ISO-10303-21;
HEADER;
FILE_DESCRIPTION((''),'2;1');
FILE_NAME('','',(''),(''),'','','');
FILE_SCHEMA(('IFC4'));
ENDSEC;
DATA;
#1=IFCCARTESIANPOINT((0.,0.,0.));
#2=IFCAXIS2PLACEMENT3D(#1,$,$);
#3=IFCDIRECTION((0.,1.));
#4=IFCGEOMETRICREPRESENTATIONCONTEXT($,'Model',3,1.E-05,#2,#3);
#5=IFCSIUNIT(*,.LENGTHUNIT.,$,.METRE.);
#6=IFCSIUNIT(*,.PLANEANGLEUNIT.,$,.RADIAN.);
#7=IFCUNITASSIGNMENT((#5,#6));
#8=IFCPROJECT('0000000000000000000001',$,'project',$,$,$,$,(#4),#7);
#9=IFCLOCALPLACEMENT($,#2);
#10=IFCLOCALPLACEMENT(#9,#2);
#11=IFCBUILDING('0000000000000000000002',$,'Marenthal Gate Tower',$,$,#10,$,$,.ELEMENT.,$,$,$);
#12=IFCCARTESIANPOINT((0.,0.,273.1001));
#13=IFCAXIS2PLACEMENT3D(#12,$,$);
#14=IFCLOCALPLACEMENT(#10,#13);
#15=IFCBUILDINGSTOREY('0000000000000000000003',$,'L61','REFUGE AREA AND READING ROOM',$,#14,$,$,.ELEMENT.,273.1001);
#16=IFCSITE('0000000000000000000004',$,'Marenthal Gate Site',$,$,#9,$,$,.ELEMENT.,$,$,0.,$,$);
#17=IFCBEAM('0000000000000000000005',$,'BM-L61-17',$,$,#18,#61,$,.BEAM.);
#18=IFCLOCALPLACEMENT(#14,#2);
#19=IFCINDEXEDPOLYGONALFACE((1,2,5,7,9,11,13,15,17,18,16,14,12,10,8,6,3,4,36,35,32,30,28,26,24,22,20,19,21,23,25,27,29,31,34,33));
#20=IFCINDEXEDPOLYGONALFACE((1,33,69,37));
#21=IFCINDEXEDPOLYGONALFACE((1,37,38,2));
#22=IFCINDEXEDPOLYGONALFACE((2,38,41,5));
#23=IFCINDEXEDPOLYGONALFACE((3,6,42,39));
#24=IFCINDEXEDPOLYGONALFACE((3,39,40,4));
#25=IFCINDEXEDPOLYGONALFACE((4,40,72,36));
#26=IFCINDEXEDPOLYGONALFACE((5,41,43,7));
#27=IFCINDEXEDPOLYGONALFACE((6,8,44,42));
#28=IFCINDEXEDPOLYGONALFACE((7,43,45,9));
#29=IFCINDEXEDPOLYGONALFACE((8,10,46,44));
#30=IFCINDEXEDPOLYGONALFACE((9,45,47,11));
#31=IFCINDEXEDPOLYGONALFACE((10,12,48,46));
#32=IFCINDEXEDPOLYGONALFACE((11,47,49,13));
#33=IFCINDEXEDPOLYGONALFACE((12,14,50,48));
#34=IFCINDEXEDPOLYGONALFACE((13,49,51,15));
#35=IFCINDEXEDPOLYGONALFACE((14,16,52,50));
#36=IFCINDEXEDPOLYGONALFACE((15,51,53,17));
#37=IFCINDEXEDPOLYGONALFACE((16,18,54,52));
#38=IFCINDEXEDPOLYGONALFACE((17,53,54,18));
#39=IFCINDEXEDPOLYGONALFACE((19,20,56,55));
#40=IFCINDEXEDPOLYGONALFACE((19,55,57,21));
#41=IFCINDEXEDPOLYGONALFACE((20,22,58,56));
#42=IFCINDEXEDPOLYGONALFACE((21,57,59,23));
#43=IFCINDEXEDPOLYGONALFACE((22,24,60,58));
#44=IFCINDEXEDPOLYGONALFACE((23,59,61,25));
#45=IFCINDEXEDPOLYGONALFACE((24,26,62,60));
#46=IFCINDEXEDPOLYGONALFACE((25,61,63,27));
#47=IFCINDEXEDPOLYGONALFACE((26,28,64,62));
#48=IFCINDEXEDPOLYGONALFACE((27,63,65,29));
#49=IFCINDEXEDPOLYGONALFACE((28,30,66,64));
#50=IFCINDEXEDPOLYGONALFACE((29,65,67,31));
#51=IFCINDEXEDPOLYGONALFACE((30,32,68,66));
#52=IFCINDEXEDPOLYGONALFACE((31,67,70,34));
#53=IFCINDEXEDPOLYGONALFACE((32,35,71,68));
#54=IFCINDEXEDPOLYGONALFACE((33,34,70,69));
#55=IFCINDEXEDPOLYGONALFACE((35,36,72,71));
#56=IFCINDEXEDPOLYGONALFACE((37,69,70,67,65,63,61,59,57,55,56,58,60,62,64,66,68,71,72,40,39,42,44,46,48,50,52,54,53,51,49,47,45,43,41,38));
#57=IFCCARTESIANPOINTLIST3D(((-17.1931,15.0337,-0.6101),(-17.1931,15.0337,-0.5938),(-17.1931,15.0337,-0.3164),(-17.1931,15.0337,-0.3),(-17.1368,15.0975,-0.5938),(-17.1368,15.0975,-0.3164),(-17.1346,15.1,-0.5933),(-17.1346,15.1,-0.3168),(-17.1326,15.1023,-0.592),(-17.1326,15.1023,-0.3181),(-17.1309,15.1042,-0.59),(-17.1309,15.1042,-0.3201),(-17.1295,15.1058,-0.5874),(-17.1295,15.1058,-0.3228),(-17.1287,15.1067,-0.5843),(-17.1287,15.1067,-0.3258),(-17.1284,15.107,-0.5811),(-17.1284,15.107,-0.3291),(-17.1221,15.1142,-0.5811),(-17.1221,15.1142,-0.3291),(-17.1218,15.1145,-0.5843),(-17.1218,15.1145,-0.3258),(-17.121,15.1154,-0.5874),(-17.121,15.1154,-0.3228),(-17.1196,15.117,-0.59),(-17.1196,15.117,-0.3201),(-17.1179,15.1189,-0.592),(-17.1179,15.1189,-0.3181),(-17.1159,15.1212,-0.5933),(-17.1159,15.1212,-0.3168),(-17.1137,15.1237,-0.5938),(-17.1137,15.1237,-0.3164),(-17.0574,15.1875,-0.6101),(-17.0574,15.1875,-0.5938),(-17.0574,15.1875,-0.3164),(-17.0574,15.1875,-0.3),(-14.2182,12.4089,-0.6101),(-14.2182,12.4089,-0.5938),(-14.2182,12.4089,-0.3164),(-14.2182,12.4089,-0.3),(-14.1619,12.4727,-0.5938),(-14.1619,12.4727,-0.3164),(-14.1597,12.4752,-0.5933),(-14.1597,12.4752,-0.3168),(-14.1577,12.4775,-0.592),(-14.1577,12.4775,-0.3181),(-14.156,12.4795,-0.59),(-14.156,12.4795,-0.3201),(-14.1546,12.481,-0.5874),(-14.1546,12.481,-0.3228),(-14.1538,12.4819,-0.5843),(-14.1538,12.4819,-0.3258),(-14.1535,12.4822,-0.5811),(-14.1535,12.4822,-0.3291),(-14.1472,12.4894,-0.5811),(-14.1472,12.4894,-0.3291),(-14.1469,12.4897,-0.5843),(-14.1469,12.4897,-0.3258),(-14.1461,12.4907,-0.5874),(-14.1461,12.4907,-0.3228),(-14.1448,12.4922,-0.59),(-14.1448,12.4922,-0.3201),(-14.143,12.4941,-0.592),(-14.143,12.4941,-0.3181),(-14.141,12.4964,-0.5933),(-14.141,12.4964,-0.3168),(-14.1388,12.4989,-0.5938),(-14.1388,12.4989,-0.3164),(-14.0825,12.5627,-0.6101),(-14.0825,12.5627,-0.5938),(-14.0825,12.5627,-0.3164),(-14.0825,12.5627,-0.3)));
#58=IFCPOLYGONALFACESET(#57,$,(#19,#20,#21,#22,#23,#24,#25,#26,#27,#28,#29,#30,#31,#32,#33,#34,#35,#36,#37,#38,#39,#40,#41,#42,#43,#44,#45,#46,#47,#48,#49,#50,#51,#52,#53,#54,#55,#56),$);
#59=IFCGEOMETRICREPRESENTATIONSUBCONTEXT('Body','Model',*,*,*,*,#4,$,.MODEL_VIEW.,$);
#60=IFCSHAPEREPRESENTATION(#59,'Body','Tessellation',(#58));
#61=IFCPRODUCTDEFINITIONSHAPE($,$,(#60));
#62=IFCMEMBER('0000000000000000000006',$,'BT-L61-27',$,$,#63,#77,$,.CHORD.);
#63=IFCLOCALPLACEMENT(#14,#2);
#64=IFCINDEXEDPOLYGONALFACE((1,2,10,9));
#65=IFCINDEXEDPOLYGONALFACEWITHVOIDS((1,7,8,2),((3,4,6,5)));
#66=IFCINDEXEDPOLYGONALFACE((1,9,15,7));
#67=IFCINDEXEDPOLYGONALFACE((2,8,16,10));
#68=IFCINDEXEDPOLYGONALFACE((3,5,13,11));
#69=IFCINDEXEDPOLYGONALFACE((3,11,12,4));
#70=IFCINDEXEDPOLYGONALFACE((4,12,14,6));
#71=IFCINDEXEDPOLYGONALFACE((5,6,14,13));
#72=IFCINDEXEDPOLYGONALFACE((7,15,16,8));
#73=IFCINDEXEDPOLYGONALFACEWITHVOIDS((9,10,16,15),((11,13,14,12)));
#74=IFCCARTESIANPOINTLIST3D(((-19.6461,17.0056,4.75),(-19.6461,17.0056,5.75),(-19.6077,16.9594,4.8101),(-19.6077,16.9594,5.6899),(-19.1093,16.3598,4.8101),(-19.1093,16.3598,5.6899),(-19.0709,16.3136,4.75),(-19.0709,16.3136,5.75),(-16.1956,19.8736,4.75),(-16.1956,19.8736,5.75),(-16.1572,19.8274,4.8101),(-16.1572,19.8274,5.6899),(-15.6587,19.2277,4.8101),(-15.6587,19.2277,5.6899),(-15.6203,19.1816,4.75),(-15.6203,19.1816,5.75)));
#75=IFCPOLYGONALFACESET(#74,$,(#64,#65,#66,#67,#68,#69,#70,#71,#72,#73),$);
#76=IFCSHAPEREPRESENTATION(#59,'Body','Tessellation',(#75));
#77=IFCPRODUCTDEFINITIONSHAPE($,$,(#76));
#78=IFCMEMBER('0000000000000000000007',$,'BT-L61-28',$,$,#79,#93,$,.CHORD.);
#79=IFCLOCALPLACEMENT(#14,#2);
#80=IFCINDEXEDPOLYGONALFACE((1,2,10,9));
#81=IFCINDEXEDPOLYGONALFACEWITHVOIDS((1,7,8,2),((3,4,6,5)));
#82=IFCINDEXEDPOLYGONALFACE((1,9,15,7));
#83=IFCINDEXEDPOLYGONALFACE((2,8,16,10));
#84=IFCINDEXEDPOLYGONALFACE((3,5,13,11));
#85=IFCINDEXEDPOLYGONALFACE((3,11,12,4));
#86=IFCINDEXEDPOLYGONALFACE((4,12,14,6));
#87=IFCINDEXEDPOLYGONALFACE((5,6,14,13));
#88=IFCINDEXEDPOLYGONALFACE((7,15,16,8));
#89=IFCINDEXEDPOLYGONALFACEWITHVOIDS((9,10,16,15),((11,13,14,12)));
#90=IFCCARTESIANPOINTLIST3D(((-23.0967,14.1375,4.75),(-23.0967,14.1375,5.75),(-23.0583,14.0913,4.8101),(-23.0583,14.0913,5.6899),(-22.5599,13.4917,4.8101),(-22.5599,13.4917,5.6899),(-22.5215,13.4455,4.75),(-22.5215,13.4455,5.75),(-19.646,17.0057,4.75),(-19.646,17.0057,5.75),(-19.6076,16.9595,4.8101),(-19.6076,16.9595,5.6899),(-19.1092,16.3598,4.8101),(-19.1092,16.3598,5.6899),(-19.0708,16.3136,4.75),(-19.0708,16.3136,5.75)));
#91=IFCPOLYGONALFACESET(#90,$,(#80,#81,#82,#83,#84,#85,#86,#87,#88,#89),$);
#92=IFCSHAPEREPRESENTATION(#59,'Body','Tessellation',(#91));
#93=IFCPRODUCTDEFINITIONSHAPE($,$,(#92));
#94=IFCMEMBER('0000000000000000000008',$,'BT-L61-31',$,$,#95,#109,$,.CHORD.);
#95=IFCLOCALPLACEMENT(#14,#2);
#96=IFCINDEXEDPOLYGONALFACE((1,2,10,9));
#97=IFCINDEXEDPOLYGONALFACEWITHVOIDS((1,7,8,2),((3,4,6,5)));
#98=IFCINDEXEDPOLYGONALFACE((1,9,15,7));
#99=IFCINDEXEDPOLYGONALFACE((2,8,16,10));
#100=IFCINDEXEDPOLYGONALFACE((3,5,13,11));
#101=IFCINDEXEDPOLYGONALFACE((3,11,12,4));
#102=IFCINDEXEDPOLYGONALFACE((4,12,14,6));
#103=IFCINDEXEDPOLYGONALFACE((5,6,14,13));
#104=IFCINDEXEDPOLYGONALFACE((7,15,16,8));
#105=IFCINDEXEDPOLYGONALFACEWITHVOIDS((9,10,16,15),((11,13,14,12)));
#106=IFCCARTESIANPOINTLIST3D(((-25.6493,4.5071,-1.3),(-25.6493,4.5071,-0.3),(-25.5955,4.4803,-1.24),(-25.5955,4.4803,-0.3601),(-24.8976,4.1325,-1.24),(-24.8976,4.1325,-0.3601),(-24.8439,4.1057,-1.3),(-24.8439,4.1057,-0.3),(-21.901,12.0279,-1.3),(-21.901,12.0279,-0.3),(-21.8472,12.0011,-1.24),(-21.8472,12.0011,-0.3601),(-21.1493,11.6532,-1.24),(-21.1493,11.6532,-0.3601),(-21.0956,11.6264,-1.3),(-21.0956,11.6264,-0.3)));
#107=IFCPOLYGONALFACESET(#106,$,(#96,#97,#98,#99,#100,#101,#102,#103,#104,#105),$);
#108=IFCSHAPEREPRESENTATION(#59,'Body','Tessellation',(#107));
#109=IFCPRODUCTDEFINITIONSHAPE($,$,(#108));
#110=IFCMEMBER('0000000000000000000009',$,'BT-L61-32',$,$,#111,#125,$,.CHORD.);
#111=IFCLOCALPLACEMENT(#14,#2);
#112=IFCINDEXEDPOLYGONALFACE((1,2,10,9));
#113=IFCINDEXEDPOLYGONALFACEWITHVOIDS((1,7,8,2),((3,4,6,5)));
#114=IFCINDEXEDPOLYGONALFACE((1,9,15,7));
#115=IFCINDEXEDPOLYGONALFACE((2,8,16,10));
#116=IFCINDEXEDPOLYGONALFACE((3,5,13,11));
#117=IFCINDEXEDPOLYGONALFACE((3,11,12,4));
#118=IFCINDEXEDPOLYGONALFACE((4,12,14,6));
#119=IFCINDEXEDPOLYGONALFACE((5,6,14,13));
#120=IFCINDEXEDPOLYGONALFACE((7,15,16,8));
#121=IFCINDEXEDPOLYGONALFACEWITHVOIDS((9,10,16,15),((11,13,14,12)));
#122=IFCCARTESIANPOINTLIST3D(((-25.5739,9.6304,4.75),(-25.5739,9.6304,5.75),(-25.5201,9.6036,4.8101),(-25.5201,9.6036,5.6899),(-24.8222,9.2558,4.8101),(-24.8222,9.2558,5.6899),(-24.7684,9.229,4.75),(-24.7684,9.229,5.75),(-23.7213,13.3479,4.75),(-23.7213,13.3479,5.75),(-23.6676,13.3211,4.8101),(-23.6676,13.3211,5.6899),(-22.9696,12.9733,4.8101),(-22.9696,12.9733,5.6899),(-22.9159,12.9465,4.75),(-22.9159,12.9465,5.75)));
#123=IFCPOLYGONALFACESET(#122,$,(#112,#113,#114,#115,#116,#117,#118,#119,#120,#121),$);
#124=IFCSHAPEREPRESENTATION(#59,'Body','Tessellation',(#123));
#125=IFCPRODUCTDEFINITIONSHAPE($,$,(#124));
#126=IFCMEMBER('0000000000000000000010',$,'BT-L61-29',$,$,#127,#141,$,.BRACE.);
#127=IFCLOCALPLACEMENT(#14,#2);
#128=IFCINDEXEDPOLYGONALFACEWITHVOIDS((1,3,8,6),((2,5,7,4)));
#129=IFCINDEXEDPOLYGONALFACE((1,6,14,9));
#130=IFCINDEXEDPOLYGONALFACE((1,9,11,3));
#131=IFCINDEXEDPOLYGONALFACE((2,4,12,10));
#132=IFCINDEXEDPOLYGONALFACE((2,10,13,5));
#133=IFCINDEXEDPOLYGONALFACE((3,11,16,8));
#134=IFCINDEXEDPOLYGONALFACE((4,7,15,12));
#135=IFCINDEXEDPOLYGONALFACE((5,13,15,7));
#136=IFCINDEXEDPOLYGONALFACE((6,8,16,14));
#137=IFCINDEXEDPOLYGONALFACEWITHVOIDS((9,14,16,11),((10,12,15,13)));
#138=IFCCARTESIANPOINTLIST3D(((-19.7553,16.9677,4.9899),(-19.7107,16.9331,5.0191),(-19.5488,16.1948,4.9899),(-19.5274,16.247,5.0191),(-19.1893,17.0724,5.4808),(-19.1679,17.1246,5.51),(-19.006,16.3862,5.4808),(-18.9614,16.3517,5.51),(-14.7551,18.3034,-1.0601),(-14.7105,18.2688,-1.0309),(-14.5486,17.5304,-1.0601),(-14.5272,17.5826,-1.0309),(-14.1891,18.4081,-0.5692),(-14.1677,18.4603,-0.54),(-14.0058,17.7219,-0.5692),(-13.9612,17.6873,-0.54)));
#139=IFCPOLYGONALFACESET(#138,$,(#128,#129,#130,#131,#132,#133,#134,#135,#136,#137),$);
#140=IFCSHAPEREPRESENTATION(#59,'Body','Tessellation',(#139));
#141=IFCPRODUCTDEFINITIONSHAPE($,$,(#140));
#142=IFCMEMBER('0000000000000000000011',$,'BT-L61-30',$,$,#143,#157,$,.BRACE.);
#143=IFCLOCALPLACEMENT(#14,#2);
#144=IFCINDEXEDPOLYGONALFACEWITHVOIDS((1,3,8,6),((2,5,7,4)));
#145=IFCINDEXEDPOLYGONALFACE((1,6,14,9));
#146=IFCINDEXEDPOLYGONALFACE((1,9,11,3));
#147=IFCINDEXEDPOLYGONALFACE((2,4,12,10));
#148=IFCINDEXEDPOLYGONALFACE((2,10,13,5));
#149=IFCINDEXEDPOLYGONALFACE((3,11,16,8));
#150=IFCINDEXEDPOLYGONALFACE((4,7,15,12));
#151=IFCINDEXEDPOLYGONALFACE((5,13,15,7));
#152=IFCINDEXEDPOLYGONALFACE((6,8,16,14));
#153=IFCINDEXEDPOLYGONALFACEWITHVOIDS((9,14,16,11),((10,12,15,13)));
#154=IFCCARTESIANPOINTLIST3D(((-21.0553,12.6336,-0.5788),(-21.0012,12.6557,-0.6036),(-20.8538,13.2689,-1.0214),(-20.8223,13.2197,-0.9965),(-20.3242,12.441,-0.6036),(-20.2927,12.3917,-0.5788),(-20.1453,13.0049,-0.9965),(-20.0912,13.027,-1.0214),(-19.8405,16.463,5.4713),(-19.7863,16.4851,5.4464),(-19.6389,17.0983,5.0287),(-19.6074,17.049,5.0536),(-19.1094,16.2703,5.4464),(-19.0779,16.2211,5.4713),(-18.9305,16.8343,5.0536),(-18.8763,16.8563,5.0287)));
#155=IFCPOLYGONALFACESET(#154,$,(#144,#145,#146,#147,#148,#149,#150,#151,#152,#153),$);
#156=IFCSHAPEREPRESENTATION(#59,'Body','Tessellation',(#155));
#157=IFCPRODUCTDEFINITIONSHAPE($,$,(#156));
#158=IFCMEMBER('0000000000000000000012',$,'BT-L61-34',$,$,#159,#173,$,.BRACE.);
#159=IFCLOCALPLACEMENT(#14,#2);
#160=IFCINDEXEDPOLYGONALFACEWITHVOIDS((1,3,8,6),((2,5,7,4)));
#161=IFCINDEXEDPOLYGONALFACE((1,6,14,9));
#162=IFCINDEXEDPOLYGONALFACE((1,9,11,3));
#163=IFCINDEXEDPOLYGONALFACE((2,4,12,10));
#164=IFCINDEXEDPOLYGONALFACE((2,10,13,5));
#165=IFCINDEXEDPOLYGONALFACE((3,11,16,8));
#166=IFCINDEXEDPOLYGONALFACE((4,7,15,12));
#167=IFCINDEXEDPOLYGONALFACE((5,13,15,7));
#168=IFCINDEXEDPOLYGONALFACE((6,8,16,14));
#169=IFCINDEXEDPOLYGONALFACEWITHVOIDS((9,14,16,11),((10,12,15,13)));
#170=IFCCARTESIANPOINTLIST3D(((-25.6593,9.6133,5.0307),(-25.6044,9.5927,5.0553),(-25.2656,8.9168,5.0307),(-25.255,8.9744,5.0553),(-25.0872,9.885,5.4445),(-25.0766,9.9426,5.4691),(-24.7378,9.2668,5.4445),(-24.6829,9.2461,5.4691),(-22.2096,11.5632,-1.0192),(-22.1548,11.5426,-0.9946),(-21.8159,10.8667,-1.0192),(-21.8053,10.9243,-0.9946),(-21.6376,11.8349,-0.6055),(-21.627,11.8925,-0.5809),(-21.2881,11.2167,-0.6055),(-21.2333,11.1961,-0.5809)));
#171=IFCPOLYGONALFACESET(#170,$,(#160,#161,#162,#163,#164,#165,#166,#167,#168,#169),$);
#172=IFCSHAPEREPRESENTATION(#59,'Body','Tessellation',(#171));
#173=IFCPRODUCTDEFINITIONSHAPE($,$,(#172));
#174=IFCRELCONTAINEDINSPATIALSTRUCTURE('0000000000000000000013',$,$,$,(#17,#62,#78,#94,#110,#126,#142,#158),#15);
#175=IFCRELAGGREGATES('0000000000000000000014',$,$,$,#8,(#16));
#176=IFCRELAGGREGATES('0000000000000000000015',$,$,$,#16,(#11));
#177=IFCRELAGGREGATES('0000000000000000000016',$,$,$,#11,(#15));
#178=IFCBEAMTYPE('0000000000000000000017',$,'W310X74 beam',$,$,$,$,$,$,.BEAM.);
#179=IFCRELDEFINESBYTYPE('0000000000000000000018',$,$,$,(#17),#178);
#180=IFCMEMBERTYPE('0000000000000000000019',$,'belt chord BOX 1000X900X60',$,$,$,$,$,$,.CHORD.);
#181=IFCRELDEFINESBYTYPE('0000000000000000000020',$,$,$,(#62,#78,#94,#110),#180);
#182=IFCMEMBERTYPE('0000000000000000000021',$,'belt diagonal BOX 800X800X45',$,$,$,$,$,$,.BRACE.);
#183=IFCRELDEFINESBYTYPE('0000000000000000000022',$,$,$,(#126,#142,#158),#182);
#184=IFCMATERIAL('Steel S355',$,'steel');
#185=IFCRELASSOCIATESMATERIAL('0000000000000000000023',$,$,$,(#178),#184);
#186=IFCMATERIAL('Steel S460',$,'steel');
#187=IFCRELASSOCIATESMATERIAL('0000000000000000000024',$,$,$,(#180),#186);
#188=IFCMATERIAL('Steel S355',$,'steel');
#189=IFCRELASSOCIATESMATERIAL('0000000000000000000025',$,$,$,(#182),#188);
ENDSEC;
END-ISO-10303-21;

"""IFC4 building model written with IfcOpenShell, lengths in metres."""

from ifc_helpers import new_model, si_unit, direction, frame, origin, origin_2d, place, context, subcontext, project, spatial, hollow_rectangle, i_section, extrude, material, material_profile, profile_set, type_object, element, save


model = new_model("IFC4")

# Units and contexts
model_context = context("Model", 3, precision=1e-05, world=origin(), true_north=direction((0.0, 1.0)))
body_context = subcontext(model_context, "Body", "Model", "MODEL_VIEW")
ifc_project = project(units=[si_unit("LENGTHUNIT", "METRE"), si_unit("PLANEANGLEUNIT", "RADIAN")], contexts=[model_context])

# Site, building, storey
site_placement = place(None, origin())
site = spatial("IfcSite", under=ifc_project, at=site_placement, Name="Marenthal Gate Site", CompositionType="ELEMENT", RefElevation=0.0)
building_placement = place(site_placement, origin())
building = spatial("IfcBuilding", under=site, at=building_placement, Name="Marenthal Gate Tower", CompositionType="ELEMENT")
storey_placement = place(building_placement, frame((0.0, 0.0, 273.1001)))
storey = spatial("IfcBuildingStorey", under=building, at=storey_placement, Name="L61", Description="REFUGE AREA AND READING ROOM", CompositionType="ELEMENT", Elevation=273.1001)

# Beam
ifc_material_1 = material(Name="Steel S355", Category="steel")
ifc_material_profile_1 = material_profile(ifc_material_1, i_section(OverallWidth=0.2051, OverallDepth=0.3101, WebThickness=0.0095, FlangeThickness=0.0164, FilletRadius=0.0127, at=origin_2d()), Name="W310X74")
ifc_profile_set_1 = profile_set([ifc_material_profile_1], Name="Steel S355")
beam_type = type_object("IfcBeamType", Name="W310X74 beam", PredefinedType="BEAM", material=ifc_profile_set_1)
beam_placement = place(storey_placement, frame((-17.1252, 15.1106, -0.4551), z_axis=(0.749852, -0.661605, 0.0), x_axis=(0.661605, 0.749852, 0.0)))
element("IfcBeam", 1, at=beam_placement, inside=storey, type_object=beam_type, Name="BM-L61-17", PredefinedType="BEAM", context=body_context, shape_type="SweptSolid", body=[
    extrude(i_section(OverallWidth=0.2051, OverallDepth=0.3101, WebThickness=0.0095, FlangeThickness=0.0164, FilletRadius=0.0127, at=origin_2d()), origin(), (0.0, 0.0, 1.0), 3.9673),
])

# Members
ifc_material_2 = material(Name="Steel S460", Category="steel")
ifc_material_profile_2 = material_profile(ifc_material_2, hollow_rectangle(XDim=0.8999, YDim=1.0, WallThickness=0.0601, at=origin_2d()), Name="BOX 1000X900X60")
ifc_profile_set_2 = profile_set([ifc_material_profile_2], Name="Steel S460")
member_type_1 = type_object("IfcMemberType", Name="belt chord BOX 1000X900X60", PredefinedType="CHORD", material=ifc_profile_set_2)
member_1_placement = place(storey_placement, frame((-15.908, 19.5276, 5.25), z_axis=(-0.769037, -0.639204, 0.0), x_axis=(0.639204, -0.769037, 0.0)))
element("IfcMember", 2, at=member_1_placement, inside=storey, type_object=member_type_1, Name="BT-L61-27", PredefinedType="CHORD", context=body_context, shape_type="SweptSolid", body=[
    extrude(hollow_rectangle(XDim=0.8999, YDim=1.0, WallThickness=0.0601, at=origin_2d()), origin(), (0.0, 0.0, 1.0), 4.4868),
])
member_2_placement = place(storey_placement, frame((-19.3584, 16.6597, 5.25), z_axis=(-0.769032, -0.63921, 0.0), x_axis=(0.63921, -0.769032, 0.0)))
element("IfcMember", 3, at=member_2_placement, inside=storey, type_object=member_type_1, Name="BT-L61-28", PredefinedType="CHORD", context=body_context, shape_type="SweptSolid", body=[
    extrude(hollow_rectangle(XDim=0.8999, YDim=1.0, WallThickness=0.0601, at=origin_2d()), origin(), (0.0, 0.0, 1.0), 4.4871),
])
member_3_placement = place(storey_placement, frame((-21.4983, 11.8271, -0.8), z_axis=(-0.446063, -0.895002, 0.0), x_axis=(0.895002, -0.446063, 0.0)))
element("IfcMember", 4, at=member_3_placement, inside=storey, type_object=member_type_1, Name="BT-L61-31", PredefinedType="CHORD", context=body_context, shape_type="SweptSolid", body=[
    extrude(hollow_rectangle(XDim=0.8999, YDim=1.0, WallThickness=0.0601, at=origin_2d()), origin(), (0.0, 0.0, 1.0), 8.4031),
])
member_4_placement = place(storey_placement, frame((-23.3186, 13.1472, 5.25), z_axis=(-0.446014, -0.895026, 0.0), x_axis=(0.895026, -0.446014, 0.0)))
element("IfcMember", 5, at=member_4_placement, inside=storey, type_object=member_type_1, Name="BT-L61-32", PredefinedType="CHORD", context=body_context, shape_type="SweptSolid", body=[
    extrude(hollow_rectangle(XDim=0.8999, YDim=1.0, WallThickness=0.0601, at=origin_2d()), origin(), (0.0, 0.0, 1.0), 4.1536),
])
ifc_material_3 = material(Name="Steel S355", Category="steel")
ifc_material_profile_3 = material_profile(ifc_material_3, hollow_rectangle(XDim=0.8, YDim=0.8, WallThickness=0.0449, at=origin_2d()), Name="BOX 800X800X45")
ifc_profile_set_3 = profile_set([ifc_material_profile_3], Name="Steel S355")
member_type_2 = type_object("IfcMemberType", Name="belt diagonal BOX 800X800X45", PredefinedType="BRACE", material=ifc_profile_set_3)
member_5_placement = place(storey_placement, frame((-14.3582, 17.9954, -0.8), z_axis=(-0.628033, -0.167764, 0.759888), x_axis=(0.258077, -0.966124, 0.0)))
element("IfcMember", 6, at=member_5_placement, inside=storey, type_object=member_type_2, Name="BT-L61-29", PredefinedType="BRACE", context=body_context, shape_type="SweptSolid", body=[
    extrude(hollow_rectangle(XDim=0.8, YDim=0.8, WallThickness=0.0449, at=origin_2d()), origin(), (0.0, 0.0, 1.0), 7.9617),
])
member_6_placement = place(storey_placement, frame((-19.3584, 16.6597, 5.25), z_axis=(-0.167278, -0.527282, -0.833062), x_axis=(0.953183, -0.302393, 0.0)))
element("IfcMember", 7, at=member_6_placement, inside=storey, type_object=member_type_2, Name="BT-L61-30", PredefinedType="BRACE", context=body_context, shape_type="SweptSolid", body=[
    extrude(hollow_rectangle(XDim=0.8, YDim=0.8, WallThickness=0.0449, at=origin_2d()), origin(), (0.0, 0.0, 1.0), 7.2625),
])
member_7_placement = place(storey_placement, frame((-21.7214, 11.3796, -0.8), z_axis=(-0.476987, -0.269618, 0.836534), x_axis=(0.49208, -0.87055, 0.0)))
element("IfcMember", 8, at=member_7_placement, inside=storey, type_object=member_type_2, Name="BT-L61-34", PredefinedType="BRACE", context=body_context, shape_type="SweptSolid", body=[
    extrude(hollow_rectangle(XDim=0.8, YDim=0.8, WallThickness=0.0449, at=origin_2d()), origin(), (0.0, 0.0, 1.0), 7.2322),
])

save(model, "model.ifc")
